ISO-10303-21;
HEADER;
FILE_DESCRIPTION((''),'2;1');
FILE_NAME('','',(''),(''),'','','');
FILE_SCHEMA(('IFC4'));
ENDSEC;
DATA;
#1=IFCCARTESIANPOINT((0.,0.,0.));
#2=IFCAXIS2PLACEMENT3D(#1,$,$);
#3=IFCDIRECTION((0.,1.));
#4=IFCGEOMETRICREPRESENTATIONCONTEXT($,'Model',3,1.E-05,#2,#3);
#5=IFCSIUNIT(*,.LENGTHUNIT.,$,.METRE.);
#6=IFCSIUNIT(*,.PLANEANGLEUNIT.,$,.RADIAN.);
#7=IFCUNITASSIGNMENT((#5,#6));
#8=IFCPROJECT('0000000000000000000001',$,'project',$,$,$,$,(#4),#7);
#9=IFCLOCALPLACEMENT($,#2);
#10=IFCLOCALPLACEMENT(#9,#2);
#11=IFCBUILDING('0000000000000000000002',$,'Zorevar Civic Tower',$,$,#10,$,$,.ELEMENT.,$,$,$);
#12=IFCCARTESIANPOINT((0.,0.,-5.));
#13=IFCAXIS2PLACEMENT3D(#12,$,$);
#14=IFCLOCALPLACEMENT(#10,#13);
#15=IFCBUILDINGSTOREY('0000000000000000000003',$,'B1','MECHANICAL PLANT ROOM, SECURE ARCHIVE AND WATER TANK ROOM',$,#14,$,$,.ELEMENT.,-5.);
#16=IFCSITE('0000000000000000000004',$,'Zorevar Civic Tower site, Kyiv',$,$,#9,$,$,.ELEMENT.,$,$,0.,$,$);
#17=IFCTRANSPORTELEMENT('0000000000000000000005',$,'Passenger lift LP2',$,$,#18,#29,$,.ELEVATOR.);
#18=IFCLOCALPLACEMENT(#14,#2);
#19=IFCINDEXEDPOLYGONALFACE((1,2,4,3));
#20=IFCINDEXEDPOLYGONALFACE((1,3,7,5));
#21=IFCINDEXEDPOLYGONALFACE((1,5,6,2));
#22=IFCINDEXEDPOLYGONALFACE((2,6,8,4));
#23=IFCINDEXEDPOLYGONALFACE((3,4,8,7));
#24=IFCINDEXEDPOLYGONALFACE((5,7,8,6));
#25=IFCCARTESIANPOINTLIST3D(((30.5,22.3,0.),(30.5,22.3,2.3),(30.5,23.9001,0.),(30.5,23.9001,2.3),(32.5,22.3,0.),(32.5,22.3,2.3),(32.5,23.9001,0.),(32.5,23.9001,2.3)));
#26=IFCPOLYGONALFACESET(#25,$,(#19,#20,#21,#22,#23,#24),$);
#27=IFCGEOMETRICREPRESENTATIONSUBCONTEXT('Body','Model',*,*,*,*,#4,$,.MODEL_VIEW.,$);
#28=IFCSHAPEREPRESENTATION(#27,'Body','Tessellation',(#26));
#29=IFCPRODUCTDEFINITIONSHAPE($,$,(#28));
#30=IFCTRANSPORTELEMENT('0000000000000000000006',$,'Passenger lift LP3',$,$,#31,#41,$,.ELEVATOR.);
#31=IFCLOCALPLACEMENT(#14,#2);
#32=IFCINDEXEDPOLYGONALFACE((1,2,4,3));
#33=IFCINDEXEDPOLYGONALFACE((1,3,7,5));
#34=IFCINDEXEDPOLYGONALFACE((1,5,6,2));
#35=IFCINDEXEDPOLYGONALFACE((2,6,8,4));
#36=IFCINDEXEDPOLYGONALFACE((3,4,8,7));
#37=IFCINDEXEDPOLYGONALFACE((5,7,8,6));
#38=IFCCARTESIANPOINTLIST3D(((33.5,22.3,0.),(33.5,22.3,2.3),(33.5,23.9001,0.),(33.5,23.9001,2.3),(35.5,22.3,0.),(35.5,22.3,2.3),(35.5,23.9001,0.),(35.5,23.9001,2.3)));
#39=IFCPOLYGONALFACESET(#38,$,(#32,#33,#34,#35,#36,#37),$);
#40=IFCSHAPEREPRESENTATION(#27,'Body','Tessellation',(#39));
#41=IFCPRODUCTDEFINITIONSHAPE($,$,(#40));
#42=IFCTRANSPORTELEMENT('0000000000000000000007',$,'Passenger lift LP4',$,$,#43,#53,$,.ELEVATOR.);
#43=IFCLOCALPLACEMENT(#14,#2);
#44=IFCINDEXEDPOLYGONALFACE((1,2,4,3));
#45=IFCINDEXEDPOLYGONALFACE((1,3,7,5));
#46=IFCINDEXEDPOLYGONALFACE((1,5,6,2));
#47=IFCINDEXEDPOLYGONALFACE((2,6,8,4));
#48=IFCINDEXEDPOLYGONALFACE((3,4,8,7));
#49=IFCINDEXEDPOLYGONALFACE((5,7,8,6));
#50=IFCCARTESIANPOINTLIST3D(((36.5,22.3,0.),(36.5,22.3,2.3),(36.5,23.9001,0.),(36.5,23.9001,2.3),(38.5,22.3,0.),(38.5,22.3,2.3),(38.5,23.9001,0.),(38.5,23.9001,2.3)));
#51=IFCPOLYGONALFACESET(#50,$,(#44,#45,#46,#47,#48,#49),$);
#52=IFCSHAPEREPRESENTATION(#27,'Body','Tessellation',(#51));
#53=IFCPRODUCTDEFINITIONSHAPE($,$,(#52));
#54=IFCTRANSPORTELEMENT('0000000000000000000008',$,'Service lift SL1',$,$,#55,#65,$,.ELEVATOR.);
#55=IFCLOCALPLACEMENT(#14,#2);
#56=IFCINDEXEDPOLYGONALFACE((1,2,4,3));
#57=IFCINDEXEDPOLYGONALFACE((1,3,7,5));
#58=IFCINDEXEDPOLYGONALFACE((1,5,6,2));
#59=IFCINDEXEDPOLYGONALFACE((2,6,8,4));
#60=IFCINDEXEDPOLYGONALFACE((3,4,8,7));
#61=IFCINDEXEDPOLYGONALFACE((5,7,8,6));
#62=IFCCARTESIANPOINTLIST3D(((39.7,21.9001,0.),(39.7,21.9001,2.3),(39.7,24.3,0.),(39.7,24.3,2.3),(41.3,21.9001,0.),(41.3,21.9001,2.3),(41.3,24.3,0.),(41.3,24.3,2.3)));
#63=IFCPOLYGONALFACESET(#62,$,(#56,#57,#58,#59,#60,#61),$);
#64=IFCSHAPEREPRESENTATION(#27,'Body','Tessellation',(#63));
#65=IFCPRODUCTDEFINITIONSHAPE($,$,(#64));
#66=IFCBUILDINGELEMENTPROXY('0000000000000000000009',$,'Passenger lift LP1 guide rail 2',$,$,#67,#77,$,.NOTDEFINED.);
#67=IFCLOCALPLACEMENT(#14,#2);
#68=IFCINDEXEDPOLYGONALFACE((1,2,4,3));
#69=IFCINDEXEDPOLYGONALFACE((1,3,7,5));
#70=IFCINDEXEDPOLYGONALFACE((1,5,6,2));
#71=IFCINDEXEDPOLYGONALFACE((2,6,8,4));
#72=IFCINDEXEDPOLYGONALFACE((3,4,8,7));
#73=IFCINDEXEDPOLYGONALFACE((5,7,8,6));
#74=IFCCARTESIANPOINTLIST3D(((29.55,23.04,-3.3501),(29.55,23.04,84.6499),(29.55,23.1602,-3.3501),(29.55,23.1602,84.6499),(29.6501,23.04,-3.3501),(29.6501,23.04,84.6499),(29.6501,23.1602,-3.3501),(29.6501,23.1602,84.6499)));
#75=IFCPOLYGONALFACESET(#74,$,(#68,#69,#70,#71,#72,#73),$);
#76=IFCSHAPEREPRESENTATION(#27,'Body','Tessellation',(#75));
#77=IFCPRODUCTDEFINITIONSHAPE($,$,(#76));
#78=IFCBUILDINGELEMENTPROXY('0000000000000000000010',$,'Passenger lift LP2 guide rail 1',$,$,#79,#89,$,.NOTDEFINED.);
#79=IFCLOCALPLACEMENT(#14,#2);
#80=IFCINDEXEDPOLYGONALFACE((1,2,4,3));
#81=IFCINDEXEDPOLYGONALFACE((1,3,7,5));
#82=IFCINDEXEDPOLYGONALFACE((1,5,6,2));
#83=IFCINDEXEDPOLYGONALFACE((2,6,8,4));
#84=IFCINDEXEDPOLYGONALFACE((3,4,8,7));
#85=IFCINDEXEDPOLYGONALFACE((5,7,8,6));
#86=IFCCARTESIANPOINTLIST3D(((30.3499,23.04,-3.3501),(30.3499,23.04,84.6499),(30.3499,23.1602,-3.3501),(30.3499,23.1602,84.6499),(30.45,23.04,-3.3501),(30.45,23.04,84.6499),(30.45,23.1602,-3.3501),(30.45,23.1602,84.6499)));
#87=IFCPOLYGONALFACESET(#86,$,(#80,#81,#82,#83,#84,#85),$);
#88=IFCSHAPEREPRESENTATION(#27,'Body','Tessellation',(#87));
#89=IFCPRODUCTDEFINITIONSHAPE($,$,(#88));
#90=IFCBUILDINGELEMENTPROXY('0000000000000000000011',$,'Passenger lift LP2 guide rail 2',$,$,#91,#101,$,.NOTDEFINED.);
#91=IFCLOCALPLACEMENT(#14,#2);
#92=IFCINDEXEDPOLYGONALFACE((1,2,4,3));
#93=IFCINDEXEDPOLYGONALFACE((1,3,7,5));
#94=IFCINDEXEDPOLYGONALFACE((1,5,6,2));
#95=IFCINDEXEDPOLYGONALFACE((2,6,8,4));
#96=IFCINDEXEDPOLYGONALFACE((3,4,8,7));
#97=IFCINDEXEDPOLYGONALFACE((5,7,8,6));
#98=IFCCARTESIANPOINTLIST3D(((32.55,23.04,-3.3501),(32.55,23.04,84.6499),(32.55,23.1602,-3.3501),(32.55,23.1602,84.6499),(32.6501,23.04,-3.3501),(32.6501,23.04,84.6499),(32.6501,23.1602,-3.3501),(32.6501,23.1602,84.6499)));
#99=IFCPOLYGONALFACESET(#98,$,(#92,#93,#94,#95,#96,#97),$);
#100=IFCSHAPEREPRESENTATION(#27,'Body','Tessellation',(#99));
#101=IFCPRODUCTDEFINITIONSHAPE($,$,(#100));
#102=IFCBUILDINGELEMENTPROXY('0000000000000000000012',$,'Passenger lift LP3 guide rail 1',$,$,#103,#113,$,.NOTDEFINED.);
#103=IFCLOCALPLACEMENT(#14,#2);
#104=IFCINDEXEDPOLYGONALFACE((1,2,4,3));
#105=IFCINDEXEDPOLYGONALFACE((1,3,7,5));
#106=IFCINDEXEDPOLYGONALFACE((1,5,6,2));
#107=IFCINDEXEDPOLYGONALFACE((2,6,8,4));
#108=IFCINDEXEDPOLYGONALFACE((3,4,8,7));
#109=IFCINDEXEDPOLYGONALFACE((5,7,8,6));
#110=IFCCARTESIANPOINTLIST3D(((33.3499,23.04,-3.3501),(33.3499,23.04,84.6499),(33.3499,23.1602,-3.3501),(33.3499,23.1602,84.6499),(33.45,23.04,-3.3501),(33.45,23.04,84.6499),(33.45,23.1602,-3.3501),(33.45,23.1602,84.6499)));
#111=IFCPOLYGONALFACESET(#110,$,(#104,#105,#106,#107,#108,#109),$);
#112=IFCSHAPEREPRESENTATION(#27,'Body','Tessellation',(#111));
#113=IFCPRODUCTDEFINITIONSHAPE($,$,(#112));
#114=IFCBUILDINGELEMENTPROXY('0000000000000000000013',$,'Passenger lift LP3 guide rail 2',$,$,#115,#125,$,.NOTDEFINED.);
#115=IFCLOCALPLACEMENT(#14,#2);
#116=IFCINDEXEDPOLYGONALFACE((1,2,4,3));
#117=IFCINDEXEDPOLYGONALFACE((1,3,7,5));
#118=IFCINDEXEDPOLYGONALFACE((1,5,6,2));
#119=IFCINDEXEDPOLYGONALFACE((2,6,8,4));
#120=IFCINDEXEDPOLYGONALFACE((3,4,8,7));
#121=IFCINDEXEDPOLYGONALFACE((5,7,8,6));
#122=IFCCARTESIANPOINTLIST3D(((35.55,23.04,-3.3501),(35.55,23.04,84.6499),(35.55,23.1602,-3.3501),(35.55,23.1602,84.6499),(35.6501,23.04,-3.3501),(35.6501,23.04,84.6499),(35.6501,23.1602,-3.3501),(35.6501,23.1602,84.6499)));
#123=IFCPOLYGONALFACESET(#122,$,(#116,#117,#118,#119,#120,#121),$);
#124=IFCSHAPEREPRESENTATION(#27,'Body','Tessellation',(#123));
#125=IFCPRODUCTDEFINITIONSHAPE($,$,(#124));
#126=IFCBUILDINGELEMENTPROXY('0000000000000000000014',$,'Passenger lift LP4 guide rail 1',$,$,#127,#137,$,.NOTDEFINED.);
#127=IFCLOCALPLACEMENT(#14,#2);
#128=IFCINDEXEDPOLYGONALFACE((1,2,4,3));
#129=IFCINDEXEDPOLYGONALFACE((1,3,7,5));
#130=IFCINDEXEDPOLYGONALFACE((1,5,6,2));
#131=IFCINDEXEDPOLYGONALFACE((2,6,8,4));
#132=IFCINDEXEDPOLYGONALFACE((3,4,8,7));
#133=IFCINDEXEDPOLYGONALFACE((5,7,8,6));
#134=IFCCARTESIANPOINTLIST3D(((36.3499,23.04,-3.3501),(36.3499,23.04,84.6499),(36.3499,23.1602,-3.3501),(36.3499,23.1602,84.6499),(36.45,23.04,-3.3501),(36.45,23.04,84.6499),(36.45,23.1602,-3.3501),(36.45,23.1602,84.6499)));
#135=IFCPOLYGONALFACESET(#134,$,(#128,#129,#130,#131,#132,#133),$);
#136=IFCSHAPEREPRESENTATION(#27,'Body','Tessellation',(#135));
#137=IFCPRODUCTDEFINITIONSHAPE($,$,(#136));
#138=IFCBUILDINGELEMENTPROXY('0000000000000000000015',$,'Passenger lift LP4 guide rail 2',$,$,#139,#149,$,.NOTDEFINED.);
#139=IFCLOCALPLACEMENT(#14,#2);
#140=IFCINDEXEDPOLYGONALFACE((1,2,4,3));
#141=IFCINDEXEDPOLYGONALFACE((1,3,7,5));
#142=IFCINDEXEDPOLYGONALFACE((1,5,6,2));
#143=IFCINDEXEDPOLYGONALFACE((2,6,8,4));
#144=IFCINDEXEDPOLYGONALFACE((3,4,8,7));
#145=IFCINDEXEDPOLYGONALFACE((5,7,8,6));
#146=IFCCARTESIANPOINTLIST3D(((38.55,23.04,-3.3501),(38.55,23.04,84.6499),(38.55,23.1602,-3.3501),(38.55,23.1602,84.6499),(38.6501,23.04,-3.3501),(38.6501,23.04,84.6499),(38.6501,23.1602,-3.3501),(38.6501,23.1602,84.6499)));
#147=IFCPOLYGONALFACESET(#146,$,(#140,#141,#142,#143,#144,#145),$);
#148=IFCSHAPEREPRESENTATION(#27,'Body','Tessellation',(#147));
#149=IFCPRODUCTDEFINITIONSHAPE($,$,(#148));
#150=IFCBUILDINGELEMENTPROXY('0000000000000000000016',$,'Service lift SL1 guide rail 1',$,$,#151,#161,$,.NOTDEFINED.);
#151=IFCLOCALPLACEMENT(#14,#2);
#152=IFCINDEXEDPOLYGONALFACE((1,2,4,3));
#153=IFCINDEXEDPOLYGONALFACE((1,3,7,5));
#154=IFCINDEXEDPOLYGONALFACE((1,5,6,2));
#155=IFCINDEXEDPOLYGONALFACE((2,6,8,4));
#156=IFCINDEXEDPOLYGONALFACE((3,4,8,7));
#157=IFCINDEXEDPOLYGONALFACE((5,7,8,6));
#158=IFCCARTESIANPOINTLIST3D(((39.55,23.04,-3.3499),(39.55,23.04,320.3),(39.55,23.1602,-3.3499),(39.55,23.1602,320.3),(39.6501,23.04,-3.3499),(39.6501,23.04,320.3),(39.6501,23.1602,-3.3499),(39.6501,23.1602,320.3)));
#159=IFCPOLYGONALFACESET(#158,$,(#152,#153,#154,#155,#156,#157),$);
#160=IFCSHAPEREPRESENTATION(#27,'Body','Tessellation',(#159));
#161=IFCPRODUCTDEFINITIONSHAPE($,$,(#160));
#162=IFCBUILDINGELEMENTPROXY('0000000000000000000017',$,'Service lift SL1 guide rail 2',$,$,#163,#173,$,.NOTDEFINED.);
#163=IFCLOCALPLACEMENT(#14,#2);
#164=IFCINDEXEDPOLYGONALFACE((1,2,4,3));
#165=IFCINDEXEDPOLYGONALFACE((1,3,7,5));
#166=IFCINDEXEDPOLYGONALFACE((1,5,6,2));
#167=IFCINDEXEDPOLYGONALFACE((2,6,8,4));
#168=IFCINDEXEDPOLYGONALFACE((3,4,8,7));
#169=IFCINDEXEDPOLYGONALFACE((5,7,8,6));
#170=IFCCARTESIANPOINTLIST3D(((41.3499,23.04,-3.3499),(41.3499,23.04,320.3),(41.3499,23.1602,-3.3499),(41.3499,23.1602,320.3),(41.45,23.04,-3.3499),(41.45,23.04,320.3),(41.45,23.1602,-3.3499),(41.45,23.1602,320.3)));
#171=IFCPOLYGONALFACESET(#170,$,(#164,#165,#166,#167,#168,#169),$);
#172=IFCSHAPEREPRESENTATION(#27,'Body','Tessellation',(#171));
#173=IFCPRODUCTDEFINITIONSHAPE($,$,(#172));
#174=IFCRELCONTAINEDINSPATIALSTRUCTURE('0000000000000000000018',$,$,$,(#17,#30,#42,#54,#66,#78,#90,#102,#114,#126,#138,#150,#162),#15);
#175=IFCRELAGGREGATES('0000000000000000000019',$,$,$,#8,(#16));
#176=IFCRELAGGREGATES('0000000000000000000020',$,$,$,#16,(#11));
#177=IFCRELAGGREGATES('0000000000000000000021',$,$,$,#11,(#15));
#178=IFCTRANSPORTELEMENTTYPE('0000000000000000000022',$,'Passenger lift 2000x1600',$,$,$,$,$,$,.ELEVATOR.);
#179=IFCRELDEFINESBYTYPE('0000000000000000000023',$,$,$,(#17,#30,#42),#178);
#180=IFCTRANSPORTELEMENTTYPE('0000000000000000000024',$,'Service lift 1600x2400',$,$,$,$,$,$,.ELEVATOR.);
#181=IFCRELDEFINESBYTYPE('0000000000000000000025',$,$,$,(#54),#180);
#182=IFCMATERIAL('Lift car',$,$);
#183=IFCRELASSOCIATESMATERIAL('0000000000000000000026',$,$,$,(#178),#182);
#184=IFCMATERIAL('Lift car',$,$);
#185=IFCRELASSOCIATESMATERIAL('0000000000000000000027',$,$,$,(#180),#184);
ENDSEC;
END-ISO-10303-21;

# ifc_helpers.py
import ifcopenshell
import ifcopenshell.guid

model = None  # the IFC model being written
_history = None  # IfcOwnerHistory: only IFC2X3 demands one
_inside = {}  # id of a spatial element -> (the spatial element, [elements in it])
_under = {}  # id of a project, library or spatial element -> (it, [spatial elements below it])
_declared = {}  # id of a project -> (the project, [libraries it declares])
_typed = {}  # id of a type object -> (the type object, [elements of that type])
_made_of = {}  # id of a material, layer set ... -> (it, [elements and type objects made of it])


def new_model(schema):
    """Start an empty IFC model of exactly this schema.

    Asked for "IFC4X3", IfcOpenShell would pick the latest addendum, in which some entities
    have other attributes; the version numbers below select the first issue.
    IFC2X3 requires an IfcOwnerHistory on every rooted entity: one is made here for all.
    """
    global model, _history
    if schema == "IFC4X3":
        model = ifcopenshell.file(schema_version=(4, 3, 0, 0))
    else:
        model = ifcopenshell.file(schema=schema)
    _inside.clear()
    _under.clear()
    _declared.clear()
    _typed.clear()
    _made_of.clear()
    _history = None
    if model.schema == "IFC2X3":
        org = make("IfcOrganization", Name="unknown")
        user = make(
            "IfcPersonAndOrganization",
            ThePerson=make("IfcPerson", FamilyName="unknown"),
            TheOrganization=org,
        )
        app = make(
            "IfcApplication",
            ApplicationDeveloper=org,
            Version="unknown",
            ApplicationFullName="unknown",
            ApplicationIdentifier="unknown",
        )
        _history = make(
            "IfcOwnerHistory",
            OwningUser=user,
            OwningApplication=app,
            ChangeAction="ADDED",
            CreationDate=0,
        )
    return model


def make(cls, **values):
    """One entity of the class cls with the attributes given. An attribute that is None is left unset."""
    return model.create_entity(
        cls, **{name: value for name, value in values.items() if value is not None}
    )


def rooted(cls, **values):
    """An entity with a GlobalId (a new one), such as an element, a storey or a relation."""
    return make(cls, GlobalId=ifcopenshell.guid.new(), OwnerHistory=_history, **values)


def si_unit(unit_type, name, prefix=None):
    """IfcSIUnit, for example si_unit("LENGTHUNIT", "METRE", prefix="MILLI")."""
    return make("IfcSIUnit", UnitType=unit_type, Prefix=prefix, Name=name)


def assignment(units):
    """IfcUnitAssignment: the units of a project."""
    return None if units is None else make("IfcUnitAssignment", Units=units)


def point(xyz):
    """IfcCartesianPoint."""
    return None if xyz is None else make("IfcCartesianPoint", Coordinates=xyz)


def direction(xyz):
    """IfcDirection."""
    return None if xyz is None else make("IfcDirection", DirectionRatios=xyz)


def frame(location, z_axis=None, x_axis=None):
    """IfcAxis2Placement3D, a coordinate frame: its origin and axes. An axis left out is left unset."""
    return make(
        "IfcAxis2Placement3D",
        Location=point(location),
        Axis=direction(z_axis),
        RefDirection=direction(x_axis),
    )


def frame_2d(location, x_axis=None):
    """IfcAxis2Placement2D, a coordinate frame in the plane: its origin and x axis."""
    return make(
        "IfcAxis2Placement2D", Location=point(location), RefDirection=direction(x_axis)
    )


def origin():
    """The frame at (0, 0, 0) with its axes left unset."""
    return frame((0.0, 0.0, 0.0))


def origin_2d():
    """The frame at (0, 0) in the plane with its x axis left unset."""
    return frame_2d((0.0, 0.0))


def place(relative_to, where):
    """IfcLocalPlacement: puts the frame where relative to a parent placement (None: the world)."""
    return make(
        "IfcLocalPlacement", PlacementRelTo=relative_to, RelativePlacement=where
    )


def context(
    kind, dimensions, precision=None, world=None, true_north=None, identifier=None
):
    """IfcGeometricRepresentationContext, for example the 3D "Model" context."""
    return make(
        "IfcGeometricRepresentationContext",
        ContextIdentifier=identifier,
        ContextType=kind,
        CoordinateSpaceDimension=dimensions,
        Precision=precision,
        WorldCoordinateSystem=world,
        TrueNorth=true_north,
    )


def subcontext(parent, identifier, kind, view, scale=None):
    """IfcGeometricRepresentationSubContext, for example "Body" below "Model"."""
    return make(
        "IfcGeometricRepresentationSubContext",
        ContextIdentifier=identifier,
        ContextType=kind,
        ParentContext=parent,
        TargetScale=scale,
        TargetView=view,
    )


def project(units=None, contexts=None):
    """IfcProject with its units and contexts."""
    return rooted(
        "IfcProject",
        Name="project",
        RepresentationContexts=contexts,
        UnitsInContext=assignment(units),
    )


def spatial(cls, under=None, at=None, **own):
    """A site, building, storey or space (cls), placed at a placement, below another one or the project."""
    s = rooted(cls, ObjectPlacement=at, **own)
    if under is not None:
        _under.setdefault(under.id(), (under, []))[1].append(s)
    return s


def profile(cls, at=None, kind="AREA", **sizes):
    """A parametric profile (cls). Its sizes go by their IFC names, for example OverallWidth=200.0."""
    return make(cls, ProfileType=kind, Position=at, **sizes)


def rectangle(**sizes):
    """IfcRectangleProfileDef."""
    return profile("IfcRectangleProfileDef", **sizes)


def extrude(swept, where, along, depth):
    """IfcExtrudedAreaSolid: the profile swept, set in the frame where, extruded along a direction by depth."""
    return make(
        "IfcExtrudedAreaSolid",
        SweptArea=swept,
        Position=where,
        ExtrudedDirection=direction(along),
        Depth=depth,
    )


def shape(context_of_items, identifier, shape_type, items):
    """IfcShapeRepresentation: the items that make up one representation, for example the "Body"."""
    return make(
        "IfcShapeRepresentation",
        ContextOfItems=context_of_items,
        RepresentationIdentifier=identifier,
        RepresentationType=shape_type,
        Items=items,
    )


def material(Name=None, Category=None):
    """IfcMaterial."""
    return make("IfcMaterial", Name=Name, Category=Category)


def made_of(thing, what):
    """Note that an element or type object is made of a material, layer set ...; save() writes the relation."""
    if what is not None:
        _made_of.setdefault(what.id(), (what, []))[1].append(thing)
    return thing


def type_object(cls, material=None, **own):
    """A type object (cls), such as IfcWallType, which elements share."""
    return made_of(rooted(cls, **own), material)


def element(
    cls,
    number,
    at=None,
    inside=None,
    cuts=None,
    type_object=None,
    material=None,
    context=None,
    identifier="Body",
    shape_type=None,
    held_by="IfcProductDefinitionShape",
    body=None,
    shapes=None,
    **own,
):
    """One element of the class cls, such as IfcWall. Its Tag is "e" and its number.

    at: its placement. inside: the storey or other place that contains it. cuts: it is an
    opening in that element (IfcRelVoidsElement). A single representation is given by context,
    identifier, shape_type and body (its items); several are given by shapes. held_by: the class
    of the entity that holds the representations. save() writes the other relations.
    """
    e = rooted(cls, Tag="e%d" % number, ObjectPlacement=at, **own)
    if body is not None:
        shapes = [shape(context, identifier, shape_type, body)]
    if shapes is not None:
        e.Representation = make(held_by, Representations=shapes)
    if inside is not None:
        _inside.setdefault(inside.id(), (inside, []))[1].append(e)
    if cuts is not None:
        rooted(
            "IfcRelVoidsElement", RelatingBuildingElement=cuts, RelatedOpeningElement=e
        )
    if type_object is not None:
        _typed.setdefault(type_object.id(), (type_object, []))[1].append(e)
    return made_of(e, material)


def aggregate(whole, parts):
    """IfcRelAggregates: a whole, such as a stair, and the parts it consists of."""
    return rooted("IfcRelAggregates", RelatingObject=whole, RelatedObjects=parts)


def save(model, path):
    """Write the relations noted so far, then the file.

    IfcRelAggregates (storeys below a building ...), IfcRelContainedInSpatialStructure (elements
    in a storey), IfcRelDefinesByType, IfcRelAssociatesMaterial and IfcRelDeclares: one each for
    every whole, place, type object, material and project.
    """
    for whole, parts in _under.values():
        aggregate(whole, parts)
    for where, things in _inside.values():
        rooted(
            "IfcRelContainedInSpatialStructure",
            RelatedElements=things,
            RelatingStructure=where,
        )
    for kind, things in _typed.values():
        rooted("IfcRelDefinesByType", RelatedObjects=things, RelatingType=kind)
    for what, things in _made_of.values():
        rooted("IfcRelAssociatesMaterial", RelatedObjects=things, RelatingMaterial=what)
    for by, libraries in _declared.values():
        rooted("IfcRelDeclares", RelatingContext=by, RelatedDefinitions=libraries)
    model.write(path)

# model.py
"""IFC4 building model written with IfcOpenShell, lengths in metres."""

from ifc_helpers import new_model, si_unit, direction, frame, origin, origin_2d, place, context, subcontext, project, spatial, rectangle, extrude, material, type_object, element, save


model = new_model("IFC4")

# Units and contexts
model_context = context("Model", 3, precision=1e-05, world=origin(), true_north=direction((0.0, 1.0)))
body_context = subcontext(model_context, "Body", "Model", "MODEL_VIEW")
ifc_project = project(units=[si_unit("LENGTHUNIT", "METRE"), si_unit("PLANEANGLEUNIT", "RADIAN")], contexts=[model_context])

# Site, building, storey
site_placement = place(None, origin())
site = spatial("IfcSite", under=ifc_project, at=site_placement, Name="Zorevar Civic Tower site, Kyiv", CompositionType="ELEMENT", RefElevation=0.0)
building_placement = place(site_placement, origin())
building = spatial("IfcBuilding", under=site, at=building_placement, Name="Zorevar Civic Tower", CompositionType="ELEMENT")
storey_placement = place(building_placement, frame((0.0, 0.0, -5.0)))
storey = spatial("IfcBuildingStorey", under=building, at=storey_placement, Name="B1", Description="MECHANICAL PLANT ROOM, SECURE ARCHIVE AND WATER TANK ROOM", CompositionType="ELEMENT", Elevation=-5.0)

# Transport elements
ifc_material_1 = material(Name="Lift car")
transport_element_type_1 = type_object("IfcTransportElementType", Name="Passenger lift 2000x1600", PredefinedType="ELEVATOR", material=ifc_material_1)
for number, where, z_axis, x_axis, name in (
    (1, (31.5, 23.1001, 0.0), (0.0, 0.0, 1.0), (1.0, 0.0, 0.0), "Passenger lift LP2"),
    (2, (34.5, 23.1001, 0.0), (0.0, 0.0, 1.0), (1.0, 0.0, 0.0), "Passenger lift LP3"),
    (3, (37.5, 23.1001, 0.0), (0.0, 0.0, 1.0), (1.0, 0.0, 0.0), "Passenger lift LP4"),
):
    element("IfcTransportElement", number, at=place(storey_placement, frame(where, z_axis=z_axis, x_axis=x_axis)), inside=storey, type_object=transport_element_type_1, Name=name, PredefinedType="ELEVATOR", context=body_context, shape_type="SweptSolid", body=[
        extrude(rectangle(XDim=2.0, YDim=1.6001, at=origin_2d()), origin(), (0.0, 0.0, 1.0), 2.3),
    ])
ifc_material_2 = material(Name="Lift car")
transport_element_type_2 = type_object("IfcTransportElementType", Name="Service lift 1600x2400", PredefinedType="ELEVATOR", material=ifc_material_2)
transport_element_placement = place(storey_placement, frame((40.5, 23.1001, 0.0), z_axis=(0.0, 0.0, 1.0), x_axis=(1.0, 0.0, 0.0)))
element("IfcTransportElement", 4, at=transport_element_placement, inside=storey, type_object=transport_element_type_2, Name="Service lift SL1", PredefinedType="ELEVATOR", context=body_context, shape_type="SweptSolid", body=[
    extrude(rectangle(XDim=1.6001, YDim=2.3999, at=origin_2d()), origin(), (0.0, 0.0, 1.0), 2.3),
])

# Building element proxies
for number, where, z_axis, x_axis, name in (
    (5, (29.6001, 23.1001, -3.3501), (0.0, 0.0, 1.0), (1.0, 0.0, 0.0), "Passenger lift LP1 guide rail 2"),
    (6, (30.3999, 23.1001, -3.3501), (0.0, 0.0, 1.0), (1.0, 0.0, 0.0), "Passenger lift LP2 guide rail 1"),
    (7, (32.6001, 23.1001, -3.3501), (0.0, 0.0, 1.0), (1.0, 0.0, 0.0), "Passenger lift LP2 guide rail 2"),
    (8, (33.3999, 23.1001, -3.3501), (0.0, 0.0, 1.0), (1.0, 0.0, 0.0), "Passenger lift LP3 guide rail 1"),
    (9, (35.6001, 23.1001, -3.3501), (0.0, 0.0, 1.0), (1.0, 0.0, 0.0), "Passenger lift LP3 guide rail 2"),
    (10, (36.3999, 23.1001, -3.3501), (0.0, 0.0, 1.0), (1.0, 0.0, 0.0), "Passenger lift LP4 guide rail 1"),
    (11, (38.6001, 23.1001, -3.3501), (0.0, 0.0, 1.0), (1.0, 0.0, 0.0), "Passenger lift LP4 guide rail 2"),
):
    element("IfcBuildingElementProxy", number, at=place(storey_placement, frame(where, z_axis=z_axis, x_axis=x_axis)), inside=storey, Name=name, PredefinedType="NOTDEFINED", context=body_context, shape_type="SweptSolid", body=[
        extrude(rectangle(XDim=0.1001, YDim=0.1201, at=origin_2d()), origin(), (0.0, 0.0, 1.0), 88.0),
    ])
for number, where, z_axis, x_axis, name in (
    (12, (39.6001, 23.1001, -3.3499), (0.0, 0.0, 1.0), (1.0, 0.0, 0.0), "Service lift SL1 guide rail 1"),
    (13, (41.3999, 23.1001, -3.3499), (0.0, 0.0, 1.0), (1.0, 0.0, 0.0), "Service lift SL1 guide rail 2"),
):
    element("IfcBuildingElementProxy", number, at=place(storey_placement, frame(where, z_axis=z_axis, x_axis=x_axis)), inside=storey, Name=name, PredefinedType="NOTDEFINED", context=body_context, shape_type="SweptSolid", body=[
        extrude(rectangle(XDim=0.1001, YDim=0.1201, at=origin_2d()), origin(), (0.0, 0.0, 1.0), 323.6499),
    ])

save(model, "model.ifc")
